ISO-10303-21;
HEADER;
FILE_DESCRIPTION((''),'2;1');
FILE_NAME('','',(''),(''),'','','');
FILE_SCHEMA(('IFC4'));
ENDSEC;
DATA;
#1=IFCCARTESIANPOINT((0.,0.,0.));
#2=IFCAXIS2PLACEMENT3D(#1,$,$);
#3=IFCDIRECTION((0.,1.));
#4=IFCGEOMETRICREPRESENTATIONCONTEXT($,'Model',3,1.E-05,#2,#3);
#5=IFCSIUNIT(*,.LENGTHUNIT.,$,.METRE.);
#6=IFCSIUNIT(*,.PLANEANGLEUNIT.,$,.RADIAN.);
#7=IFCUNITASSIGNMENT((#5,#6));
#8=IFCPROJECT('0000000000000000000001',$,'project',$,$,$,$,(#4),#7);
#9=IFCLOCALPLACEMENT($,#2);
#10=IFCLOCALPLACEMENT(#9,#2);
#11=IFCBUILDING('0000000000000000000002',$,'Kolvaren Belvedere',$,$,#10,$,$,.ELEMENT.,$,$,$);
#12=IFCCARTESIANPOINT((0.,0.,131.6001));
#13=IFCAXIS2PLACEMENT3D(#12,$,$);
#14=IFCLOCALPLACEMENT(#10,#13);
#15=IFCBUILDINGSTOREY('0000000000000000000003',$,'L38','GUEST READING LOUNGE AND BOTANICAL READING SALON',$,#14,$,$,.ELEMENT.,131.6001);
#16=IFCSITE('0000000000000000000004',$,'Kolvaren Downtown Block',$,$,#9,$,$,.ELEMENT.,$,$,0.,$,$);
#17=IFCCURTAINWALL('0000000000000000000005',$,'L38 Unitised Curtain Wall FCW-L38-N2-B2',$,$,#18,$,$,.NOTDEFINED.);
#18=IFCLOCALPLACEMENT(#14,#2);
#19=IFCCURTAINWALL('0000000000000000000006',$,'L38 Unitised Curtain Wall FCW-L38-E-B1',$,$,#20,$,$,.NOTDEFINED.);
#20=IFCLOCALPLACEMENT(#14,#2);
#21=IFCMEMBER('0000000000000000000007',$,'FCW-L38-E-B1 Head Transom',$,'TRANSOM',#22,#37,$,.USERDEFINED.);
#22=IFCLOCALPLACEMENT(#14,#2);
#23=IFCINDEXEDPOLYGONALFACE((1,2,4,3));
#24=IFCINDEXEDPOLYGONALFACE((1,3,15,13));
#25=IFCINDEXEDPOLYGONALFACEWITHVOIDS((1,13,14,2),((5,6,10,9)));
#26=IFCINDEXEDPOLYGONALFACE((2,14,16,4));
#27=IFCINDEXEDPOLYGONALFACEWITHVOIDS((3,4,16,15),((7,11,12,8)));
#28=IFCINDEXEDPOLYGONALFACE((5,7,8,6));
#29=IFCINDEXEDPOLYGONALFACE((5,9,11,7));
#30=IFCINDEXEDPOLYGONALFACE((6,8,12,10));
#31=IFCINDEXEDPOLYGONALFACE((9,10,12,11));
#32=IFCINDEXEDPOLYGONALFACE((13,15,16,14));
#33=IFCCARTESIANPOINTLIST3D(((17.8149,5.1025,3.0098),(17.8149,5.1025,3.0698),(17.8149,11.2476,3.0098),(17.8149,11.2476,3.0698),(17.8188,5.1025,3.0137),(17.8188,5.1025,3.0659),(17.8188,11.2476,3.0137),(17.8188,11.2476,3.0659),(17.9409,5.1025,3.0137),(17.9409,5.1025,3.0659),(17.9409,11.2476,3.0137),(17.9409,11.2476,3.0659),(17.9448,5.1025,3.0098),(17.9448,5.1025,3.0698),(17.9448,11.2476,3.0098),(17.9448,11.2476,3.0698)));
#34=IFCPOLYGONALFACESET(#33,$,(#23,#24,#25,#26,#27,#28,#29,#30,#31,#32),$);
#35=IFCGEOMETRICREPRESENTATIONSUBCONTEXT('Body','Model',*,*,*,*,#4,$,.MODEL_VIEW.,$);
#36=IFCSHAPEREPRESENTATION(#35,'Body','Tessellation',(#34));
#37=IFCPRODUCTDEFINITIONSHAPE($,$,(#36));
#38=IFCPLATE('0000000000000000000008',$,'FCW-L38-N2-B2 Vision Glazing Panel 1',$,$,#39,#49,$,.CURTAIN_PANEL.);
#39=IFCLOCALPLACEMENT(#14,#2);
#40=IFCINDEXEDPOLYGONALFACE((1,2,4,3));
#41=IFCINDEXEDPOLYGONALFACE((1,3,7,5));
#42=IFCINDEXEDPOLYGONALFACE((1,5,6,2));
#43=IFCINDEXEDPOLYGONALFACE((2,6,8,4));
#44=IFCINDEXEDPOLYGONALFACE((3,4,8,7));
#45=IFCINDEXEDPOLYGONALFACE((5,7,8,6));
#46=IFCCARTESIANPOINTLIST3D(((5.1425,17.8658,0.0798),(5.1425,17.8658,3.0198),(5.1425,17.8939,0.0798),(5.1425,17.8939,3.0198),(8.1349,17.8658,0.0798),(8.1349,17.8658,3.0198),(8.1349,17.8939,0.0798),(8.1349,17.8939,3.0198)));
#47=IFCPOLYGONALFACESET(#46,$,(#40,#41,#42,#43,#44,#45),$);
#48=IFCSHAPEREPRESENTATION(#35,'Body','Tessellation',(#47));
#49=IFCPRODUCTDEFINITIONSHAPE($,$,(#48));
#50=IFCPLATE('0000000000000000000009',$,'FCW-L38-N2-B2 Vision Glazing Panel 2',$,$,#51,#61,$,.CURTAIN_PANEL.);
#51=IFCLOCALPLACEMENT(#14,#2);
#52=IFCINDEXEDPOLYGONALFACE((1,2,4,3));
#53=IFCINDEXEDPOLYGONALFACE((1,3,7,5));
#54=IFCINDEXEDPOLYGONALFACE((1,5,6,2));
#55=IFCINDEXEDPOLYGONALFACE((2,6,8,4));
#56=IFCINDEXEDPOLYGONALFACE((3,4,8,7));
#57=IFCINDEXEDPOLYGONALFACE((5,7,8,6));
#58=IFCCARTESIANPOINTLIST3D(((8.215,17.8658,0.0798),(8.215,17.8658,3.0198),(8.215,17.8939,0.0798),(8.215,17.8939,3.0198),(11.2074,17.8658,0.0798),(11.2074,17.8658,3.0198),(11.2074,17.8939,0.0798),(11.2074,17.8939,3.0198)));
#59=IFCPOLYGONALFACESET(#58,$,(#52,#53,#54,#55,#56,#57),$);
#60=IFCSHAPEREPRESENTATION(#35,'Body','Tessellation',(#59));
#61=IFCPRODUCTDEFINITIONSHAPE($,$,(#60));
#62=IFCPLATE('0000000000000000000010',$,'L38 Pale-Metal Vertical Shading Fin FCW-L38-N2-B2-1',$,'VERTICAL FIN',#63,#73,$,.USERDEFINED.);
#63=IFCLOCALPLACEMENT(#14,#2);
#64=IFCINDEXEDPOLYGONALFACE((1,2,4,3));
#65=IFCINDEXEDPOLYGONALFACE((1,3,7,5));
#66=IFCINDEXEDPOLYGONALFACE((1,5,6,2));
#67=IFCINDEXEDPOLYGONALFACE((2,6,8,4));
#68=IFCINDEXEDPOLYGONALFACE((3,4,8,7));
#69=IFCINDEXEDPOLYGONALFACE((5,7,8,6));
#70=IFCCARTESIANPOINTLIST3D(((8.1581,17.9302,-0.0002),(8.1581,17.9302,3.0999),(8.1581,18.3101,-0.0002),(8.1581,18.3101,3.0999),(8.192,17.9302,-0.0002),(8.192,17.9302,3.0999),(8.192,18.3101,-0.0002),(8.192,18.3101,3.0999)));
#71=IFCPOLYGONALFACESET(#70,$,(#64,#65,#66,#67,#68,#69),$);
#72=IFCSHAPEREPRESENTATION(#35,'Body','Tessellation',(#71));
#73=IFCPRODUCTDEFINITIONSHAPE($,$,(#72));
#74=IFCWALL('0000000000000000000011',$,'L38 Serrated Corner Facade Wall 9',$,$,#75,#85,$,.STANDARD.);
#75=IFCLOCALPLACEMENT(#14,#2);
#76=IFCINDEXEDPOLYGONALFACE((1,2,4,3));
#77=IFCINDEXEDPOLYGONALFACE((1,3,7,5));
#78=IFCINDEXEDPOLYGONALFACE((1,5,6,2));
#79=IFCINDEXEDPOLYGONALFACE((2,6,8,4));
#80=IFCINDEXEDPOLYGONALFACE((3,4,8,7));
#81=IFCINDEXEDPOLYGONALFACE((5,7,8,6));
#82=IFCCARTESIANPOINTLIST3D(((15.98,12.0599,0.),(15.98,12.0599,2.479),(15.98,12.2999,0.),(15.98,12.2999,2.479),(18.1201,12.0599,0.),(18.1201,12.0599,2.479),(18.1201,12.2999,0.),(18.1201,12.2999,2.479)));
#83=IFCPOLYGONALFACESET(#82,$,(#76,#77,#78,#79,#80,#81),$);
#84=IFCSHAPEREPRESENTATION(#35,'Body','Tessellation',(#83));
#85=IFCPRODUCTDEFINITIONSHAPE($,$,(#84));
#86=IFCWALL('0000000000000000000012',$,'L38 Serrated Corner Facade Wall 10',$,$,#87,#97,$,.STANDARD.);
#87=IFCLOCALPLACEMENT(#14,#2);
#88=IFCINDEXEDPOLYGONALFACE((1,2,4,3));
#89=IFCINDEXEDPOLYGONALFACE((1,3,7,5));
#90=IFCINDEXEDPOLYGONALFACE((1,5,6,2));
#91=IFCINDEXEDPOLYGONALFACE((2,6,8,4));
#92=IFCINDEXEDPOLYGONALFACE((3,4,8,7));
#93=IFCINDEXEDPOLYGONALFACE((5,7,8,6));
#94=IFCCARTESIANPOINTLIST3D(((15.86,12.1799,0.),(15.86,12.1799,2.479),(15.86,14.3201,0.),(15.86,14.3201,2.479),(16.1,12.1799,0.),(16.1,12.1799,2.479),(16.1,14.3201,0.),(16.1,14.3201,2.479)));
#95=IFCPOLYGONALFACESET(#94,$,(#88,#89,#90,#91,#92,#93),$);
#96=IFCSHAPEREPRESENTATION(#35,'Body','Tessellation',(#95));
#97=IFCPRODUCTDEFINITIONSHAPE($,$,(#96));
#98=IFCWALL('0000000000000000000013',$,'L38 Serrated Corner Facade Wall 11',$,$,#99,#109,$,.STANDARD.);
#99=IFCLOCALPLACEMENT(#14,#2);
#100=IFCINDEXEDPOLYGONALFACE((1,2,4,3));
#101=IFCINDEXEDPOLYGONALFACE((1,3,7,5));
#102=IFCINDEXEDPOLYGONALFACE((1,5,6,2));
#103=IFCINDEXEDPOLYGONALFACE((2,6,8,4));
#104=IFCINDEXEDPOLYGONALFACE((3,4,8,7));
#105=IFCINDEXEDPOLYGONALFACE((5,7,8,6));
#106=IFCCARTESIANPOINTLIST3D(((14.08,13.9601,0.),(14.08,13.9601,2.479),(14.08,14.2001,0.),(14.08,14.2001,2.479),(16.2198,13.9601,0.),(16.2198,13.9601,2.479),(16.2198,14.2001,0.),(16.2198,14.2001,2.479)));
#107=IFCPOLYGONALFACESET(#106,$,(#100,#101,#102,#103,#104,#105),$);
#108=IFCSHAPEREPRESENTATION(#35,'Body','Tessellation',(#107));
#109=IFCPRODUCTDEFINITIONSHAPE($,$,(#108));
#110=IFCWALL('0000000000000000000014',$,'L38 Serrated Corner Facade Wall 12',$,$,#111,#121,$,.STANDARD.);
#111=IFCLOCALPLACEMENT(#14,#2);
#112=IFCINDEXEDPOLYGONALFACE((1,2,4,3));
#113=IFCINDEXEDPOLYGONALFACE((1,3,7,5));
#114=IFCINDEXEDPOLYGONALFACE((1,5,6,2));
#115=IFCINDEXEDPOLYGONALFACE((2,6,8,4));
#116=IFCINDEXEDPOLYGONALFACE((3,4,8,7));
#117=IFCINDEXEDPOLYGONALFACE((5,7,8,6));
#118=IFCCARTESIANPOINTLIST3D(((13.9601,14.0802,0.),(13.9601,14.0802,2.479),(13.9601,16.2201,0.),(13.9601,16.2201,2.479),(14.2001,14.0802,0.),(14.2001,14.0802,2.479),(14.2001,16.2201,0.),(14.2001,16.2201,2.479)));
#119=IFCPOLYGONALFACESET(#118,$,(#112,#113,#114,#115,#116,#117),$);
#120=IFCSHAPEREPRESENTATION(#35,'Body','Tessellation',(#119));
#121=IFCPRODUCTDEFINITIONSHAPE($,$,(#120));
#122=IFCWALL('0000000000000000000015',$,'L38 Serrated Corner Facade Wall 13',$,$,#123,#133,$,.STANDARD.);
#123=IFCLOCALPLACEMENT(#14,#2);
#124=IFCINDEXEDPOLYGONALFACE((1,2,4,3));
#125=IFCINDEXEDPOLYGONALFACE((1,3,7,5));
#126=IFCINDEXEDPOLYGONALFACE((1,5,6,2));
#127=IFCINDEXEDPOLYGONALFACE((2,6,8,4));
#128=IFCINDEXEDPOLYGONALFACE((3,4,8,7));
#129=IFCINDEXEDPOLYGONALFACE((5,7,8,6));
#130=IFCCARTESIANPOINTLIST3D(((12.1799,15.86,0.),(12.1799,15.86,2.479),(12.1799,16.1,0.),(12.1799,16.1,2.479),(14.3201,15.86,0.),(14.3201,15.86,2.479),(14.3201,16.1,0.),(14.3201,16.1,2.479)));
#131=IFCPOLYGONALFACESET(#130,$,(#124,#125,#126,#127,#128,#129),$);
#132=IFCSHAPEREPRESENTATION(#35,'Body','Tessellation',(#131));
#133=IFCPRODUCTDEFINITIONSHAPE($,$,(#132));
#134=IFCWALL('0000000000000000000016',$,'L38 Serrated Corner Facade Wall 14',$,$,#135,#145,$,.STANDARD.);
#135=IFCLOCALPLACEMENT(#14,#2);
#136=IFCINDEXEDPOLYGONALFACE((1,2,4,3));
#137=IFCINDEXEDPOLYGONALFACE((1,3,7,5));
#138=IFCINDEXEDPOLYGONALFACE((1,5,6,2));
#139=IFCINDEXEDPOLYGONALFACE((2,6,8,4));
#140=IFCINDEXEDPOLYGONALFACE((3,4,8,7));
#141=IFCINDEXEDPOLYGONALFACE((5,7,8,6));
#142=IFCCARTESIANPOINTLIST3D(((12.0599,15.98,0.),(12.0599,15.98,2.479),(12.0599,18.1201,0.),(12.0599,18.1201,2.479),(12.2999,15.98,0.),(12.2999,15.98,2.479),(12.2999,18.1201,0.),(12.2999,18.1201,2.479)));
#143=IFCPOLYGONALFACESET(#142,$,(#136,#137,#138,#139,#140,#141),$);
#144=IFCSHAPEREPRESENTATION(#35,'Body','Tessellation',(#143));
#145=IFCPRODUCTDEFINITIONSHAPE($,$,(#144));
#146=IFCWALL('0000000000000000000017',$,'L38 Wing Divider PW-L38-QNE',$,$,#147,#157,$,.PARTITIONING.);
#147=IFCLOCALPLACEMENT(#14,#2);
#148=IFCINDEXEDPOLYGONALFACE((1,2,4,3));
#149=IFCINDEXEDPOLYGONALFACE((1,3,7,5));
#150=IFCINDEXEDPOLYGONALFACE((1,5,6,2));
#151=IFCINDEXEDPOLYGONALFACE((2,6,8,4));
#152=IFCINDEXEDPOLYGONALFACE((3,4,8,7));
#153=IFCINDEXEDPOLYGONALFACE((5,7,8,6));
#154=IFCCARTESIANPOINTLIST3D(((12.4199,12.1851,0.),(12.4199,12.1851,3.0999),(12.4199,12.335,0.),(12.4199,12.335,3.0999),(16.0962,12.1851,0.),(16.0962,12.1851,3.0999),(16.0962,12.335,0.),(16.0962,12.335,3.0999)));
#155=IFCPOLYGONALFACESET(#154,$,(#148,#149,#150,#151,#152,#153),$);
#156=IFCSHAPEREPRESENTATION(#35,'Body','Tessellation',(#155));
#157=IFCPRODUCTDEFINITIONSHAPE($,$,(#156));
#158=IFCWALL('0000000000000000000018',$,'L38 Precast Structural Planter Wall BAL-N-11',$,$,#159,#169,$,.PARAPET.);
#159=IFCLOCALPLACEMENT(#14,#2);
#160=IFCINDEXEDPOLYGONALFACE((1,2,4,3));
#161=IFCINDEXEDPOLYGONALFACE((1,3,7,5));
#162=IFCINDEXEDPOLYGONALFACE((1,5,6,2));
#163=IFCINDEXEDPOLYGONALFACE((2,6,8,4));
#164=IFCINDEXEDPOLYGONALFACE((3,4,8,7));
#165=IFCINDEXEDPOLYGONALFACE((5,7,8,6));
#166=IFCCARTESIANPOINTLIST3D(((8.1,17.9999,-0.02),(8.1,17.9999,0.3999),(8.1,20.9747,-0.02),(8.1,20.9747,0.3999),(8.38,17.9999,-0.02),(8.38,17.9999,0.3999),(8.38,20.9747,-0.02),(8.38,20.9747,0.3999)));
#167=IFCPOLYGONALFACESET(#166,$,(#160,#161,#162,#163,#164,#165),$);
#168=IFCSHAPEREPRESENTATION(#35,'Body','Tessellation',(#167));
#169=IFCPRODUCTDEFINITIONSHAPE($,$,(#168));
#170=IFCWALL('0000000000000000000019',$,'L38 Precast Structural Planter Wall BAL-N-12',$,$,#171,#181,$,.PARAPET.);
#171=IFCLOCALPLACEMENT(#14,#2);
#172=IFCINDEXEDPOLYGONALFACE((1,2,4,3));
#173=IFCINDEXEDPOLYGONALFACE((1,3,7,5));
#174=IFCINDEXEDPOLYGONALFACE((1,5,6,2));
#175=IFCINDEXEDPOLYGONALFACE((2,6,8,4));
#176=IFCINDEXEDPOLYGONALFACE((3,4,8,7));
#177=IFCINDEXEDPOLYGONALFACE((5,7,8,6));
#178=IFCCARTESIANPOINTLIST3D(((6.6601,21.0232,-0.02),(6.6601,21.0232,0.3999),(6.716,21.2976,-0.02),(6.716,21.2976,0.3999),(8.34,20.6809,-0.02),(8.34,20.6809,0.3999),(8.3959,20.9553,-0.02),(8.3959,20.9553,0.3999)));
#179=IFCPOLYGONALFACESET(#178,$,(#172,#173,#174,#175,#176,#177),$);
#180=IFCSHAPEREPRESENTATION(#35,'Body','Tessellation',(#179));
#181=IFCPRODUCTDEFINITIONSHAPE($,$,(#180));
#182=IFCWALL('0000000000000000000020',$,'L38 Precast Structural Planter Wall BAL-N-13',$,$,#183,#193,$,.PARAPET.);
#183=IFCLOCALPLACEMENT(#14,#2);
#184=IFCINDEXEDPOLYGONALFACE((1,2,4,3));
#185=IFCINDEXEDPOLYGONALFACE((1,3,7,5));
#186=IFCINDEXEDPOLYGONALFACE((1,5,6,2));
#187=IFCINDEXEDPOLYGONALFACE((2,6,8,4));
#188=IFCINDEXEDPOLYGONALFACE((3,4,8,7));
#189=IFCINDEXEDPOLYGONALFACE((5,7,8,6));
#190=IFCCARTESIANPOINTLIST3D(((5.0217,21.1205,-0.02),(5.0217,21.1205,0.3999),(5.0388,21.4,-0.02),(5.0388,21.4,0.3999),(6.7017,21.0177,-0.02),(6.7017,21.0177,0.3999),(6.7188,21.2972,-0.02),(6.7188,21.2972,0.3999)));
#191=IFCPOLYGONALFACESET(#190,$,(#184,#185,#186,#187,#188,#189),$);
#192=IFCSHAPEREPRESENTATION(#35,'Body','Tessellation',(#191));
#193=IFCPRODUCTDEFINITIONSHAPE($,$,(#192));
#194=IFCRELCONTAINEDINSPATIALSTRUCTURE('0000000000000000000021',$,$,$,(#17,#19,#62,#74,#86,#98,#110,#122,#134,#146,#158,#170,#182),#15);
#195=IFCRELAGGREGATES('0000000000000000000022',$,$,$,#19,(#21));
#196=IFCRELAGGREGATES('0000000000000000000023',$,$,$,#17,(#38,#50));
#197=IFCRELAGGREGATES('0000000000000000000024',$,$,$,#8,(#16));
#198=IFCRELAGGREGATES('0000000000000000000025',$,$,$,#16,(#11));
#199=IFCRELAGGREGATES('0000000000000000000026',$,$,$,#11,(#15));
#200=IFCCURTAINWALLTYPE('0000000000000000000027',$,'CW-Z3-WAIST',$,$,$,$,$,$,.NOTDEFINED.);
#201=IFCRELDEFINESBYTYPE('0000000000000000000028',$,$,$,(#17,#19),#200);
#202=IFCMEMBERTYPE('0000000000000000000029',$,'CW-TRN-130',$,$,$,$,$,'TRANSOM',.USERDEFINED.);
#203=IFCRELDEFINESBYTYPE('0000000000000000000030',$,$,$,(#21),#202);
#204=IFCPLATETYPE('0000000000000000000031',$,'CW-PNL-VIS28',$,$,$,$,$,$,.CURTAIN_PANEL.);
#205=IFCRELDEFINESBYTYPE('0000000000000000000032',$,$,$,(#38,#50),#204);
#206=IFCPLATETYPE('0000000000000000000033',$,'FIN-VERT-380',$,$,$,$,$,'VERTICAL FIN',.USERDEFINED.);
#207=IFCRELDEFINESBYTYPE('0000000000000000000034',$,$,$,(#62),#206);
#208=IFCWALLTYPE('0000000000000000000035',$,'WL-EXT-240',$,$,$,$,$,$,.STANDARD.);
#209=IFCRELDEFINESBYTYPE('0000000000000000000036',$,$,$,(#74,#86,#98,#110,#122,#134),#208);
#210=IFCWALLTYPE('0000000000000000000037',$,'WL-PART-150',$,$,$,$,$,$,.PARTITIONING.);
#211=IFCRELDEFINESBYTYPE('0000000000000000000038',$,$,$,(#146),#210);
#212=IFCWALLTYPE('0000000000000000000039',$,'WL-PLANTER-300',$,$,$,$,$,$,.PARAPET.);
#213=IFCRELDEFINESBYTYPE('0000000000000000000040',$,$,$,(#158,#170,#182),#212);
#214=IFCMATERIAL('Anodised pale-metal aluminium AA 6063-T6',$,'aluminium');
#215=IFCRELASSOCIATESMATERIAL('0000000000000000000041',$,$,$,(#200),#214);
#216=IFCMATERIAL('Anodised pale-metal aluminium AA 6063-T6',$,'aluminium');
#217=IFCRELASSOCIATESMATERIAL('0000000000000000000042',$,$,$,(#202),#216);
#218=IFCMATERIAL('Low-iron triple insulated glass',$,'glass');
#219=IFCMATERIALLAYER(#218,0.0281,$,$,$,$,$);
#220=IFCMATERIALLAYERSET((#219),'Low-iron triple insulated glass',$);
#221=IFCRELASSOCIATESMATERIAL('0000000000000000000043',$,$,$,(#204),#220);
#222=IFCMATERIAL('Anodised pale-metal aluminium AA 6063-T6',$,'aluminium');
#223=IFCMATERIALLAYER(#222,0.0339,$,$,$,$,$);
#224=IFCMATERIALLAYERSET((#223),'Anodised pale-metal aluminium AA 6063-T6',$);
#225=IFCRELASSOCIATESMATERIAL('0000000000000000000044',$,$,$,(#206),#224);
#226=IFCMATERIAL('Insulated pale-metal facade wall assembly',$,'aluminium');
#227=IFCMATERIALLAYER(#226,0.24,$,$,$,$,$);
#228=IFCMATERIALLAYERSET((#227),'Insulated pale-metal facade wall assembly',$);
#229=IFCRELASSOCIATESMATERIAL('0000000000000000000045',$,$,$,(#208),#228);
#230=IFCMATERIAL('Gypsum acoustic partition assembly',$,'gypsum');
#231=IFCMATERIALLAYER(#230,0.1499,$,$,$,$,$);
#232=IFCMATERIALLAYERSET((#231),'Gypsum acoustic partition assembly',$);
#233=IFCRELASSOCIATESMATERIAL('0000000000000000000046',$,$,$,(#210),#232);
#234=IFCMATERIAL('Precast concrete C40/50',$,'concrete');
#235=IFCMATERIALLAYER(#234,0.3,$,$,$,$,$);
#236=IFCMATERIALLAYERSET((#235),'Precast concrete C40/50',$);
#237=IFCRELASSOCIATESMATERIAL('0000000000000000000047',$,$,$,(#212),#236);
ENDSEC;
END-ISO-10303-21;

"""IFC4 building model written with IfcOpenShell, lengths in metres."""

from ifc_helpers import new_model, si_unit, direction, frame, frame_2d, origin, origin_2d, place, context, subcontext, project, spatial, rectangle, hollow_rectangle, extrude, material, layer, layer_set, material_profile, profile_set, type_object, element, aggregate, save


model = new_model("IFC4")

# Units and contexts
model_context = context("Model", 3, precision=1e-05, world=origin(), true_north=direction((0.0, 1.0)))
body_context = subcontext(model_context, "Body", "Model", "MODEL_VIEW")
ifc_project = project(units=[si_unit("LENGTHUNIT", "METRE"), si_unit("PLANEANGLEUNIT", "RADIAN")], contexts=[model_context])

# Site, building, storey
site_placement = place(None, origin())
site = spatial("IfcSite", under=ifc_project, at=site_placement, Name="Kolvaren Downtown Block", CompositionType="ELEMENT", RefElevation=0.0)
building_placement = place(site_placement, origin())
building = spatial("IfcBuilding", under=site, at=building_placement, Name="Kolvaren Belvedere", CompositionType="ELEMENT")
storey_placement = place(building_placement, frame((0.0, 0.0, 131.6001)))
storey = spatial("IfcBuildingStorey", under=building, at=storey_placement, Name="L38", Description="GUEST READING LOUNGE AND BOTANICAL READING SALON", CompositionType="ELEMENT", Elevation=131.6001)

# Curtain walls, member
ifc_material_1 = material(Name="Anodised pale-metal aluminium AA 6063-T6", Category="aluminium")
curtain_wall_type = type_object("IfcCurtainWallType", Name="CW-Z3-WAIST", PredefinedType="NOTDEFINED", material=ifc_material_1)
curtain_wall_1_placement = place(storey_placement, origin())
curtain_wall_1 = element("IfcCurtainWall", 1, at=curtain_wall_1_placement, inside=storey, type_object=curtain_wall_type, Name="L38 Unitised Curtain Wall FCW-L38-N2-B2", PredefinedType="NOTDEFINED")
curtain_wall_2_placement = place(storey_placement, origin())
curtain_wall_2 = element("IfcCurtainWall", 2, at=curtain_wall_2_placement, inside=storey, type_object=curtain_wall_type, Name="L38 Unitised Curtain Wall FCW-L38-E-B1", PredefinedType="NOTDEFINED")
ifc_material_2 = material(Name="Anodised pale-metal aluminium AA 6063-T6", Category="aluminium")
ifc_material_profile_1 = material_profile(ifc_material_2, hollow_rectangle(XDim=0.0601, YDim=0.1299, WallThickness=0.0039, at=origin_2d()), Name="ALU-TRN-130X60")
ifc_profile_set_1 = profile_set([ifc_material_profile_1], Name="Anodised pale-metal aluminium AA 6063-T6")
member_type_1 = type_object("IfcMemberType", Name="CW-TRN-130", ElementType="TRANSOM", PredefinedType="USERDEFINED", material=ifc_profile_set_1)
member_1_placement = place(storey_placement, frame((17.8799, 11.2476, 3.0398), z_axis=(0.0, -1.0, 0.0), x_axis=(0.0, 0.0, 1.0)))
member_1 = element("IfcMember", 3, at=member_1_placement, type_object=member_type_1, Name="FCW-L38-E-B1 Head Transom", ObjectType="TRANSOM", PredefinedType="USERDEFINED", context=body_context, shape_type="SweptSolid", body=[
    extrude(hollow_rectangle(XDim=0.0601, YDim=0.1299, WallThickness=0.0039, at=origin_2d()), origin(), (0.0, 0.0, 1.0), 6.145),
])
aggregate(curtain_wall_2, [member_1])

# Plates
ifc_material_3 = material(Name="Low-iron triple insulated glass", Category="glass")
ifc_layer_1 = layer(ifc_material_3, 0.0281)
ifc_layer_set_1 = layer_set([ifc_layer_1], Name="Low-iron triple insulated glass")
plate_type_1 = type_object("IfcPlateType", Name="CW-PNL-VIS28", PredefinedType="CURTAIN_PANEL", material=ifc_layer_set_1)
plate_1_placement = place(storey_placement, frame((6.6387, 17.8799, 0.0798), z_axis=(0.0, 0.0, 1.0), x_axis=(1.0, 0.0, 0.0)))
plate_1 = element("IfcPlate", 4, at=plate_1_placement, type_object=plate_type_1, Name="FCW-L38-N2-B2 Vision Glazing Panel 1", PredefinedType="CURTAIN_PANEL", context=body_context, shape_type="SweptSolid", body=[
    extrude(rectangle(XDim=2.9924, YDim=0.0281, at=origin_2d()), origin(), (0.0, 0.0, 1.0), 2.9399),
])
plate_2_placement = place(storey_placement, frame((9.7112, 17.8799, 0.0798), z_axis=(0.0, 0.0, 1.0), x_axis=(1.0, 0.0, 0.0)))
plate_2 = element("IfcPlate", 5, at=plate_2_placement, type_object=plate_type_1, Name="FCW-L38-N2-B2 Vision Glazing Panel 2", PredefinedType="CURTAIN_PANEL", context=body_context, shape_type="SweptSolid", body=[
    extrude(rectangle(XDim=2.9924, YDim=0.0281, at=origin_2d()), origin(), (0.0, 0.0, 1.0), 2.9399),
])
aggregate(curtain_wall_1, [plate_1, plate_2])
ifc_material_4 = material(Name="Anodised pale-metal aluminium AA 6063-T6", Category="aluminium")
ifc_layer_2 = layer(ifc_material_4, 0.0339)
ifc_layer_set_2 = layer_set([ifc_layer_2], Name="Anodised pale-metal aluminium AA 6063-T6")
plate_type_2 = type_object("IfcPlateType", Name="FIN-VERT-380", ElementType="VERTICAL FIN", PredefinedType="USERDEFINED", material=ifc_layer_set_2)
plate_3_placement = place(storey_placement, frame((8.175, 18.1201, -0.0002), z_axis=(0.0, 0.0, 1.0), x_axis=(0.0, 1.0, 0.0)))
element("IfcPlate", 6, at=plate_3_placement, inside=storey, type_object=plate_type_2, Name="L38 Pale-Metal Vertical Shading Fin FCW-L38-N2-B2-1", ObjectType="VERTICAL FIN", PredefinedType="USERDEFINED", context=body_context, shape_type="SweptSolid", body=[
    extrude(rectangle(XDim=0.3799, YDim=0.0339, at=origin_2d()), origin(), (0.0, 0.0, 1.0), 3.1001),
])

# Walls
ifc_material_5 = material(Name="Insulated pale-metal facade wall assembly", Category="aluminium")
ifc_layer_3 = layer(ifc_material_5, 0.24)
ifc_layer_set_3 = layer_set([ifc_layer_3], Name="Insulated pale-metal facade wall assembly")
wall_type_1 = type_object("IfcWallType", Name="WL-EXT-240", PredefinedType="STANDARD", material=ifc_layer_set_3)
for number, where, z_axis, x_axis, name in (
    (7, (15.98, 12.1799, 0.0), (0.0, 0.0, 1.0), (1.0, 0.0, 0.0), "L38 Serrated Corner Facade Wall 9"),
    (8, (15.98, 14.3201, 0.0), (0.0, 0.0, 1.0), (0.0, -1.0, 0.0), "L38 Serrated Corner Facade Wall 10"),
):
    element("IfcWall", number, at=place(storey_placement, frame(where, z_axis=z_axis, x_axis=x_axis)), inside=storey, type_object=wall_type_1, Name=name, PredefinedType="STANDARD", context=body_context, shape_type="SweptSolid", body=[
        extrude(rectangle(XDim=2.1401, YDim=0.24, at=frame_2d((1.0701, 0.0))), origin(), (0.0, 0.0, 1.0), 2.479),
    ])
for number, where, z_axis, x_axis, name in (
    (9, (14.0801, 14.0801, 0.0), (0.0, 0.0, 1.0), (1.0, 0.0, 0.0), "L38 Serrated Corner Facade Wall 11"),
    (10, (14.0801, 16.22, 0.0), (0.0, 0.0, 1.0), (0.0, -1.0, 0.0), "L38 Serrated Corner Facade Wall 12"),
):
    element("IfcWall", number, at=place(storey_placement, frame(where, z_axis=z_axis, x_axis=x_axis)), inside=storey, type_object=wall_type_1, Name=name, PredefinedType="STANDARD", context=body_context, shape_type="SweptSolid", body=[
        extrude(rectangle(XDim=2.1399, YDim=0.24, at=frame_2d((1.0698, 0.0))), origin(), (0.0, 0.0, 1.0), 2.479),
    ])
for number, where, z_axis, x_axis, name in (
    (11, (12.1799, 15.98, 0.0), (0.0, 0.0, 1.0), (1.0, 0.0, 0.0), "L38 Serrated Corner Facade Wall 13"),
    (12, (12.1799, 18.1201, 0.0), (0.0, 0.0, 1.0), (0.0, -1.0, 0.0), "L38 Serrated Corner Facade Wall 14"),
):
    element("IfcWall", number, at=place(storey_placement, frame(where, z_axis=z_axis, x_axis=x_axis)), inside=storey, type_object=wall_type_1, Name=name, PredefinedType="STANDARD", context=body_context, shape_type="SweptSolid", body=[
        extrude(rectangle(XDim=2.1401, YDim=0.24, at=frame_2d((1.0701, 0.0))), origin(), (0.0, 0.0, 1.0), 2.479),
    ])
ifc_material_6 = material(Name="Gypsum acoustic partition assembly", Category="gypsum")
ifc_layer_4 = layer(ifc_material_6, 0.1499)
ifc_layer_set_4 = layer_set([ifc_layer_4], Name="Gypsum acoustic partition assembly")
wall_type_2 = type_object("IfcWallType", Name="WL-PART-150", PredefinedType="PARTITIONING", material=ifc_layer_set_4)
wall_1_placement = place(storey_placement, frame((12.4199, 12.26, 0.0), z_axis=(0.0, 0.0, 1.0), x_axis=(1.0, 0.0, 0.0)))
element("IfcWall", 13, at=wall_1_placement, inside=storey, type_object=wall_type_2, Name="L38 Wing Divider PW-L38-QNE", PredefinedType="PARTITIONING", context=body_context, shape_type="SweptSolid", body=[
    extrude(rectangle(XDim=3.6763, YDim=0.1499, at=frame_2d((1.8381, 0.0))), origin(), (0.0, 0.0, 1.0), 3.0999),
])
ifc_material_7 = material(Name="Precast concrete C40/50", Category="concrete")
ifc_layer_5 = layer(ifc_material_7, 0.3)
ifc_layer_set_5 = layer_set([ifc_layer_5], Name="Precast concrete C40/50")
wall_type_3 = type_object("IfcWallType", Name="WL-PLANTER-300", PredefinedType="PARAPET", material=ifc_layer_set_5)
wall_2_placement = place(storey_placement, frame((8.24, 18.0, -0.02), z_axis=(0.0, 0.0, 1.0), x_axis=(0.0, 1.0, 0.0)))
element("IfcWall", 14, at=wall_2_placement, inside=storey, type_object=wall_type_3, Name="L38 Precast Structural Planter Wall BAL-N-11", PredefinedType="PARAPET", context=body_context, shape_type="SweptSolid", body=[
    extrude(rectangle(XDim=2.9749, YDim=0.28, at=frame_2d((1.4873, 0.0))), origin(), (0.0, 0.0, 1.0), 0.4199),
])
wall_3_placement = place(storey_placement, frame((8.3679, 20.8181, -0.02), z_axis=(0.0, 0.0, 1.0), x_axis=(-0.979868, 0.199648, 0.0)))
element("IfcWall", 15, at=wall_3_placement, inside=storey, type_object=wall_type_3, Name="L38 Precast Structural Planter Wall BAL-N-12", PredefinedType="PARAPET", context=body_context, shape_type="SweptSolid", body=[
    extrude(rectangle(XDim=1.7144, YDim=0.28, at=frame_2d((0.8572, 0.0))), origin(), (0.0, 0.0, 1.0), 0.4199),
])
wall_4_placement = place(storey_placement, frame((6.7102, 21.1575, -0.02), z_axis=(0.0, 0.0, 1.0), x_axis=(-0.998134, 0.061069, 0.0)))
element("IfcWall", 16, at=wall_4_placement, inside=storey, type_object=wall_type_3, Name="L38 Precast Structural Planter Wall BAL-N-13", PredefinedType="PARAPET", context=body_context, shape_type="SweptSolid", body=[
    extrude(rectangle(XDim=1.6831, YDim=0.28, at=frame_2d((0.8416, 0.0))), origin(), (0.0, 0.0, 1.0), 0.4199),
])

save(model, "model.ifc")
